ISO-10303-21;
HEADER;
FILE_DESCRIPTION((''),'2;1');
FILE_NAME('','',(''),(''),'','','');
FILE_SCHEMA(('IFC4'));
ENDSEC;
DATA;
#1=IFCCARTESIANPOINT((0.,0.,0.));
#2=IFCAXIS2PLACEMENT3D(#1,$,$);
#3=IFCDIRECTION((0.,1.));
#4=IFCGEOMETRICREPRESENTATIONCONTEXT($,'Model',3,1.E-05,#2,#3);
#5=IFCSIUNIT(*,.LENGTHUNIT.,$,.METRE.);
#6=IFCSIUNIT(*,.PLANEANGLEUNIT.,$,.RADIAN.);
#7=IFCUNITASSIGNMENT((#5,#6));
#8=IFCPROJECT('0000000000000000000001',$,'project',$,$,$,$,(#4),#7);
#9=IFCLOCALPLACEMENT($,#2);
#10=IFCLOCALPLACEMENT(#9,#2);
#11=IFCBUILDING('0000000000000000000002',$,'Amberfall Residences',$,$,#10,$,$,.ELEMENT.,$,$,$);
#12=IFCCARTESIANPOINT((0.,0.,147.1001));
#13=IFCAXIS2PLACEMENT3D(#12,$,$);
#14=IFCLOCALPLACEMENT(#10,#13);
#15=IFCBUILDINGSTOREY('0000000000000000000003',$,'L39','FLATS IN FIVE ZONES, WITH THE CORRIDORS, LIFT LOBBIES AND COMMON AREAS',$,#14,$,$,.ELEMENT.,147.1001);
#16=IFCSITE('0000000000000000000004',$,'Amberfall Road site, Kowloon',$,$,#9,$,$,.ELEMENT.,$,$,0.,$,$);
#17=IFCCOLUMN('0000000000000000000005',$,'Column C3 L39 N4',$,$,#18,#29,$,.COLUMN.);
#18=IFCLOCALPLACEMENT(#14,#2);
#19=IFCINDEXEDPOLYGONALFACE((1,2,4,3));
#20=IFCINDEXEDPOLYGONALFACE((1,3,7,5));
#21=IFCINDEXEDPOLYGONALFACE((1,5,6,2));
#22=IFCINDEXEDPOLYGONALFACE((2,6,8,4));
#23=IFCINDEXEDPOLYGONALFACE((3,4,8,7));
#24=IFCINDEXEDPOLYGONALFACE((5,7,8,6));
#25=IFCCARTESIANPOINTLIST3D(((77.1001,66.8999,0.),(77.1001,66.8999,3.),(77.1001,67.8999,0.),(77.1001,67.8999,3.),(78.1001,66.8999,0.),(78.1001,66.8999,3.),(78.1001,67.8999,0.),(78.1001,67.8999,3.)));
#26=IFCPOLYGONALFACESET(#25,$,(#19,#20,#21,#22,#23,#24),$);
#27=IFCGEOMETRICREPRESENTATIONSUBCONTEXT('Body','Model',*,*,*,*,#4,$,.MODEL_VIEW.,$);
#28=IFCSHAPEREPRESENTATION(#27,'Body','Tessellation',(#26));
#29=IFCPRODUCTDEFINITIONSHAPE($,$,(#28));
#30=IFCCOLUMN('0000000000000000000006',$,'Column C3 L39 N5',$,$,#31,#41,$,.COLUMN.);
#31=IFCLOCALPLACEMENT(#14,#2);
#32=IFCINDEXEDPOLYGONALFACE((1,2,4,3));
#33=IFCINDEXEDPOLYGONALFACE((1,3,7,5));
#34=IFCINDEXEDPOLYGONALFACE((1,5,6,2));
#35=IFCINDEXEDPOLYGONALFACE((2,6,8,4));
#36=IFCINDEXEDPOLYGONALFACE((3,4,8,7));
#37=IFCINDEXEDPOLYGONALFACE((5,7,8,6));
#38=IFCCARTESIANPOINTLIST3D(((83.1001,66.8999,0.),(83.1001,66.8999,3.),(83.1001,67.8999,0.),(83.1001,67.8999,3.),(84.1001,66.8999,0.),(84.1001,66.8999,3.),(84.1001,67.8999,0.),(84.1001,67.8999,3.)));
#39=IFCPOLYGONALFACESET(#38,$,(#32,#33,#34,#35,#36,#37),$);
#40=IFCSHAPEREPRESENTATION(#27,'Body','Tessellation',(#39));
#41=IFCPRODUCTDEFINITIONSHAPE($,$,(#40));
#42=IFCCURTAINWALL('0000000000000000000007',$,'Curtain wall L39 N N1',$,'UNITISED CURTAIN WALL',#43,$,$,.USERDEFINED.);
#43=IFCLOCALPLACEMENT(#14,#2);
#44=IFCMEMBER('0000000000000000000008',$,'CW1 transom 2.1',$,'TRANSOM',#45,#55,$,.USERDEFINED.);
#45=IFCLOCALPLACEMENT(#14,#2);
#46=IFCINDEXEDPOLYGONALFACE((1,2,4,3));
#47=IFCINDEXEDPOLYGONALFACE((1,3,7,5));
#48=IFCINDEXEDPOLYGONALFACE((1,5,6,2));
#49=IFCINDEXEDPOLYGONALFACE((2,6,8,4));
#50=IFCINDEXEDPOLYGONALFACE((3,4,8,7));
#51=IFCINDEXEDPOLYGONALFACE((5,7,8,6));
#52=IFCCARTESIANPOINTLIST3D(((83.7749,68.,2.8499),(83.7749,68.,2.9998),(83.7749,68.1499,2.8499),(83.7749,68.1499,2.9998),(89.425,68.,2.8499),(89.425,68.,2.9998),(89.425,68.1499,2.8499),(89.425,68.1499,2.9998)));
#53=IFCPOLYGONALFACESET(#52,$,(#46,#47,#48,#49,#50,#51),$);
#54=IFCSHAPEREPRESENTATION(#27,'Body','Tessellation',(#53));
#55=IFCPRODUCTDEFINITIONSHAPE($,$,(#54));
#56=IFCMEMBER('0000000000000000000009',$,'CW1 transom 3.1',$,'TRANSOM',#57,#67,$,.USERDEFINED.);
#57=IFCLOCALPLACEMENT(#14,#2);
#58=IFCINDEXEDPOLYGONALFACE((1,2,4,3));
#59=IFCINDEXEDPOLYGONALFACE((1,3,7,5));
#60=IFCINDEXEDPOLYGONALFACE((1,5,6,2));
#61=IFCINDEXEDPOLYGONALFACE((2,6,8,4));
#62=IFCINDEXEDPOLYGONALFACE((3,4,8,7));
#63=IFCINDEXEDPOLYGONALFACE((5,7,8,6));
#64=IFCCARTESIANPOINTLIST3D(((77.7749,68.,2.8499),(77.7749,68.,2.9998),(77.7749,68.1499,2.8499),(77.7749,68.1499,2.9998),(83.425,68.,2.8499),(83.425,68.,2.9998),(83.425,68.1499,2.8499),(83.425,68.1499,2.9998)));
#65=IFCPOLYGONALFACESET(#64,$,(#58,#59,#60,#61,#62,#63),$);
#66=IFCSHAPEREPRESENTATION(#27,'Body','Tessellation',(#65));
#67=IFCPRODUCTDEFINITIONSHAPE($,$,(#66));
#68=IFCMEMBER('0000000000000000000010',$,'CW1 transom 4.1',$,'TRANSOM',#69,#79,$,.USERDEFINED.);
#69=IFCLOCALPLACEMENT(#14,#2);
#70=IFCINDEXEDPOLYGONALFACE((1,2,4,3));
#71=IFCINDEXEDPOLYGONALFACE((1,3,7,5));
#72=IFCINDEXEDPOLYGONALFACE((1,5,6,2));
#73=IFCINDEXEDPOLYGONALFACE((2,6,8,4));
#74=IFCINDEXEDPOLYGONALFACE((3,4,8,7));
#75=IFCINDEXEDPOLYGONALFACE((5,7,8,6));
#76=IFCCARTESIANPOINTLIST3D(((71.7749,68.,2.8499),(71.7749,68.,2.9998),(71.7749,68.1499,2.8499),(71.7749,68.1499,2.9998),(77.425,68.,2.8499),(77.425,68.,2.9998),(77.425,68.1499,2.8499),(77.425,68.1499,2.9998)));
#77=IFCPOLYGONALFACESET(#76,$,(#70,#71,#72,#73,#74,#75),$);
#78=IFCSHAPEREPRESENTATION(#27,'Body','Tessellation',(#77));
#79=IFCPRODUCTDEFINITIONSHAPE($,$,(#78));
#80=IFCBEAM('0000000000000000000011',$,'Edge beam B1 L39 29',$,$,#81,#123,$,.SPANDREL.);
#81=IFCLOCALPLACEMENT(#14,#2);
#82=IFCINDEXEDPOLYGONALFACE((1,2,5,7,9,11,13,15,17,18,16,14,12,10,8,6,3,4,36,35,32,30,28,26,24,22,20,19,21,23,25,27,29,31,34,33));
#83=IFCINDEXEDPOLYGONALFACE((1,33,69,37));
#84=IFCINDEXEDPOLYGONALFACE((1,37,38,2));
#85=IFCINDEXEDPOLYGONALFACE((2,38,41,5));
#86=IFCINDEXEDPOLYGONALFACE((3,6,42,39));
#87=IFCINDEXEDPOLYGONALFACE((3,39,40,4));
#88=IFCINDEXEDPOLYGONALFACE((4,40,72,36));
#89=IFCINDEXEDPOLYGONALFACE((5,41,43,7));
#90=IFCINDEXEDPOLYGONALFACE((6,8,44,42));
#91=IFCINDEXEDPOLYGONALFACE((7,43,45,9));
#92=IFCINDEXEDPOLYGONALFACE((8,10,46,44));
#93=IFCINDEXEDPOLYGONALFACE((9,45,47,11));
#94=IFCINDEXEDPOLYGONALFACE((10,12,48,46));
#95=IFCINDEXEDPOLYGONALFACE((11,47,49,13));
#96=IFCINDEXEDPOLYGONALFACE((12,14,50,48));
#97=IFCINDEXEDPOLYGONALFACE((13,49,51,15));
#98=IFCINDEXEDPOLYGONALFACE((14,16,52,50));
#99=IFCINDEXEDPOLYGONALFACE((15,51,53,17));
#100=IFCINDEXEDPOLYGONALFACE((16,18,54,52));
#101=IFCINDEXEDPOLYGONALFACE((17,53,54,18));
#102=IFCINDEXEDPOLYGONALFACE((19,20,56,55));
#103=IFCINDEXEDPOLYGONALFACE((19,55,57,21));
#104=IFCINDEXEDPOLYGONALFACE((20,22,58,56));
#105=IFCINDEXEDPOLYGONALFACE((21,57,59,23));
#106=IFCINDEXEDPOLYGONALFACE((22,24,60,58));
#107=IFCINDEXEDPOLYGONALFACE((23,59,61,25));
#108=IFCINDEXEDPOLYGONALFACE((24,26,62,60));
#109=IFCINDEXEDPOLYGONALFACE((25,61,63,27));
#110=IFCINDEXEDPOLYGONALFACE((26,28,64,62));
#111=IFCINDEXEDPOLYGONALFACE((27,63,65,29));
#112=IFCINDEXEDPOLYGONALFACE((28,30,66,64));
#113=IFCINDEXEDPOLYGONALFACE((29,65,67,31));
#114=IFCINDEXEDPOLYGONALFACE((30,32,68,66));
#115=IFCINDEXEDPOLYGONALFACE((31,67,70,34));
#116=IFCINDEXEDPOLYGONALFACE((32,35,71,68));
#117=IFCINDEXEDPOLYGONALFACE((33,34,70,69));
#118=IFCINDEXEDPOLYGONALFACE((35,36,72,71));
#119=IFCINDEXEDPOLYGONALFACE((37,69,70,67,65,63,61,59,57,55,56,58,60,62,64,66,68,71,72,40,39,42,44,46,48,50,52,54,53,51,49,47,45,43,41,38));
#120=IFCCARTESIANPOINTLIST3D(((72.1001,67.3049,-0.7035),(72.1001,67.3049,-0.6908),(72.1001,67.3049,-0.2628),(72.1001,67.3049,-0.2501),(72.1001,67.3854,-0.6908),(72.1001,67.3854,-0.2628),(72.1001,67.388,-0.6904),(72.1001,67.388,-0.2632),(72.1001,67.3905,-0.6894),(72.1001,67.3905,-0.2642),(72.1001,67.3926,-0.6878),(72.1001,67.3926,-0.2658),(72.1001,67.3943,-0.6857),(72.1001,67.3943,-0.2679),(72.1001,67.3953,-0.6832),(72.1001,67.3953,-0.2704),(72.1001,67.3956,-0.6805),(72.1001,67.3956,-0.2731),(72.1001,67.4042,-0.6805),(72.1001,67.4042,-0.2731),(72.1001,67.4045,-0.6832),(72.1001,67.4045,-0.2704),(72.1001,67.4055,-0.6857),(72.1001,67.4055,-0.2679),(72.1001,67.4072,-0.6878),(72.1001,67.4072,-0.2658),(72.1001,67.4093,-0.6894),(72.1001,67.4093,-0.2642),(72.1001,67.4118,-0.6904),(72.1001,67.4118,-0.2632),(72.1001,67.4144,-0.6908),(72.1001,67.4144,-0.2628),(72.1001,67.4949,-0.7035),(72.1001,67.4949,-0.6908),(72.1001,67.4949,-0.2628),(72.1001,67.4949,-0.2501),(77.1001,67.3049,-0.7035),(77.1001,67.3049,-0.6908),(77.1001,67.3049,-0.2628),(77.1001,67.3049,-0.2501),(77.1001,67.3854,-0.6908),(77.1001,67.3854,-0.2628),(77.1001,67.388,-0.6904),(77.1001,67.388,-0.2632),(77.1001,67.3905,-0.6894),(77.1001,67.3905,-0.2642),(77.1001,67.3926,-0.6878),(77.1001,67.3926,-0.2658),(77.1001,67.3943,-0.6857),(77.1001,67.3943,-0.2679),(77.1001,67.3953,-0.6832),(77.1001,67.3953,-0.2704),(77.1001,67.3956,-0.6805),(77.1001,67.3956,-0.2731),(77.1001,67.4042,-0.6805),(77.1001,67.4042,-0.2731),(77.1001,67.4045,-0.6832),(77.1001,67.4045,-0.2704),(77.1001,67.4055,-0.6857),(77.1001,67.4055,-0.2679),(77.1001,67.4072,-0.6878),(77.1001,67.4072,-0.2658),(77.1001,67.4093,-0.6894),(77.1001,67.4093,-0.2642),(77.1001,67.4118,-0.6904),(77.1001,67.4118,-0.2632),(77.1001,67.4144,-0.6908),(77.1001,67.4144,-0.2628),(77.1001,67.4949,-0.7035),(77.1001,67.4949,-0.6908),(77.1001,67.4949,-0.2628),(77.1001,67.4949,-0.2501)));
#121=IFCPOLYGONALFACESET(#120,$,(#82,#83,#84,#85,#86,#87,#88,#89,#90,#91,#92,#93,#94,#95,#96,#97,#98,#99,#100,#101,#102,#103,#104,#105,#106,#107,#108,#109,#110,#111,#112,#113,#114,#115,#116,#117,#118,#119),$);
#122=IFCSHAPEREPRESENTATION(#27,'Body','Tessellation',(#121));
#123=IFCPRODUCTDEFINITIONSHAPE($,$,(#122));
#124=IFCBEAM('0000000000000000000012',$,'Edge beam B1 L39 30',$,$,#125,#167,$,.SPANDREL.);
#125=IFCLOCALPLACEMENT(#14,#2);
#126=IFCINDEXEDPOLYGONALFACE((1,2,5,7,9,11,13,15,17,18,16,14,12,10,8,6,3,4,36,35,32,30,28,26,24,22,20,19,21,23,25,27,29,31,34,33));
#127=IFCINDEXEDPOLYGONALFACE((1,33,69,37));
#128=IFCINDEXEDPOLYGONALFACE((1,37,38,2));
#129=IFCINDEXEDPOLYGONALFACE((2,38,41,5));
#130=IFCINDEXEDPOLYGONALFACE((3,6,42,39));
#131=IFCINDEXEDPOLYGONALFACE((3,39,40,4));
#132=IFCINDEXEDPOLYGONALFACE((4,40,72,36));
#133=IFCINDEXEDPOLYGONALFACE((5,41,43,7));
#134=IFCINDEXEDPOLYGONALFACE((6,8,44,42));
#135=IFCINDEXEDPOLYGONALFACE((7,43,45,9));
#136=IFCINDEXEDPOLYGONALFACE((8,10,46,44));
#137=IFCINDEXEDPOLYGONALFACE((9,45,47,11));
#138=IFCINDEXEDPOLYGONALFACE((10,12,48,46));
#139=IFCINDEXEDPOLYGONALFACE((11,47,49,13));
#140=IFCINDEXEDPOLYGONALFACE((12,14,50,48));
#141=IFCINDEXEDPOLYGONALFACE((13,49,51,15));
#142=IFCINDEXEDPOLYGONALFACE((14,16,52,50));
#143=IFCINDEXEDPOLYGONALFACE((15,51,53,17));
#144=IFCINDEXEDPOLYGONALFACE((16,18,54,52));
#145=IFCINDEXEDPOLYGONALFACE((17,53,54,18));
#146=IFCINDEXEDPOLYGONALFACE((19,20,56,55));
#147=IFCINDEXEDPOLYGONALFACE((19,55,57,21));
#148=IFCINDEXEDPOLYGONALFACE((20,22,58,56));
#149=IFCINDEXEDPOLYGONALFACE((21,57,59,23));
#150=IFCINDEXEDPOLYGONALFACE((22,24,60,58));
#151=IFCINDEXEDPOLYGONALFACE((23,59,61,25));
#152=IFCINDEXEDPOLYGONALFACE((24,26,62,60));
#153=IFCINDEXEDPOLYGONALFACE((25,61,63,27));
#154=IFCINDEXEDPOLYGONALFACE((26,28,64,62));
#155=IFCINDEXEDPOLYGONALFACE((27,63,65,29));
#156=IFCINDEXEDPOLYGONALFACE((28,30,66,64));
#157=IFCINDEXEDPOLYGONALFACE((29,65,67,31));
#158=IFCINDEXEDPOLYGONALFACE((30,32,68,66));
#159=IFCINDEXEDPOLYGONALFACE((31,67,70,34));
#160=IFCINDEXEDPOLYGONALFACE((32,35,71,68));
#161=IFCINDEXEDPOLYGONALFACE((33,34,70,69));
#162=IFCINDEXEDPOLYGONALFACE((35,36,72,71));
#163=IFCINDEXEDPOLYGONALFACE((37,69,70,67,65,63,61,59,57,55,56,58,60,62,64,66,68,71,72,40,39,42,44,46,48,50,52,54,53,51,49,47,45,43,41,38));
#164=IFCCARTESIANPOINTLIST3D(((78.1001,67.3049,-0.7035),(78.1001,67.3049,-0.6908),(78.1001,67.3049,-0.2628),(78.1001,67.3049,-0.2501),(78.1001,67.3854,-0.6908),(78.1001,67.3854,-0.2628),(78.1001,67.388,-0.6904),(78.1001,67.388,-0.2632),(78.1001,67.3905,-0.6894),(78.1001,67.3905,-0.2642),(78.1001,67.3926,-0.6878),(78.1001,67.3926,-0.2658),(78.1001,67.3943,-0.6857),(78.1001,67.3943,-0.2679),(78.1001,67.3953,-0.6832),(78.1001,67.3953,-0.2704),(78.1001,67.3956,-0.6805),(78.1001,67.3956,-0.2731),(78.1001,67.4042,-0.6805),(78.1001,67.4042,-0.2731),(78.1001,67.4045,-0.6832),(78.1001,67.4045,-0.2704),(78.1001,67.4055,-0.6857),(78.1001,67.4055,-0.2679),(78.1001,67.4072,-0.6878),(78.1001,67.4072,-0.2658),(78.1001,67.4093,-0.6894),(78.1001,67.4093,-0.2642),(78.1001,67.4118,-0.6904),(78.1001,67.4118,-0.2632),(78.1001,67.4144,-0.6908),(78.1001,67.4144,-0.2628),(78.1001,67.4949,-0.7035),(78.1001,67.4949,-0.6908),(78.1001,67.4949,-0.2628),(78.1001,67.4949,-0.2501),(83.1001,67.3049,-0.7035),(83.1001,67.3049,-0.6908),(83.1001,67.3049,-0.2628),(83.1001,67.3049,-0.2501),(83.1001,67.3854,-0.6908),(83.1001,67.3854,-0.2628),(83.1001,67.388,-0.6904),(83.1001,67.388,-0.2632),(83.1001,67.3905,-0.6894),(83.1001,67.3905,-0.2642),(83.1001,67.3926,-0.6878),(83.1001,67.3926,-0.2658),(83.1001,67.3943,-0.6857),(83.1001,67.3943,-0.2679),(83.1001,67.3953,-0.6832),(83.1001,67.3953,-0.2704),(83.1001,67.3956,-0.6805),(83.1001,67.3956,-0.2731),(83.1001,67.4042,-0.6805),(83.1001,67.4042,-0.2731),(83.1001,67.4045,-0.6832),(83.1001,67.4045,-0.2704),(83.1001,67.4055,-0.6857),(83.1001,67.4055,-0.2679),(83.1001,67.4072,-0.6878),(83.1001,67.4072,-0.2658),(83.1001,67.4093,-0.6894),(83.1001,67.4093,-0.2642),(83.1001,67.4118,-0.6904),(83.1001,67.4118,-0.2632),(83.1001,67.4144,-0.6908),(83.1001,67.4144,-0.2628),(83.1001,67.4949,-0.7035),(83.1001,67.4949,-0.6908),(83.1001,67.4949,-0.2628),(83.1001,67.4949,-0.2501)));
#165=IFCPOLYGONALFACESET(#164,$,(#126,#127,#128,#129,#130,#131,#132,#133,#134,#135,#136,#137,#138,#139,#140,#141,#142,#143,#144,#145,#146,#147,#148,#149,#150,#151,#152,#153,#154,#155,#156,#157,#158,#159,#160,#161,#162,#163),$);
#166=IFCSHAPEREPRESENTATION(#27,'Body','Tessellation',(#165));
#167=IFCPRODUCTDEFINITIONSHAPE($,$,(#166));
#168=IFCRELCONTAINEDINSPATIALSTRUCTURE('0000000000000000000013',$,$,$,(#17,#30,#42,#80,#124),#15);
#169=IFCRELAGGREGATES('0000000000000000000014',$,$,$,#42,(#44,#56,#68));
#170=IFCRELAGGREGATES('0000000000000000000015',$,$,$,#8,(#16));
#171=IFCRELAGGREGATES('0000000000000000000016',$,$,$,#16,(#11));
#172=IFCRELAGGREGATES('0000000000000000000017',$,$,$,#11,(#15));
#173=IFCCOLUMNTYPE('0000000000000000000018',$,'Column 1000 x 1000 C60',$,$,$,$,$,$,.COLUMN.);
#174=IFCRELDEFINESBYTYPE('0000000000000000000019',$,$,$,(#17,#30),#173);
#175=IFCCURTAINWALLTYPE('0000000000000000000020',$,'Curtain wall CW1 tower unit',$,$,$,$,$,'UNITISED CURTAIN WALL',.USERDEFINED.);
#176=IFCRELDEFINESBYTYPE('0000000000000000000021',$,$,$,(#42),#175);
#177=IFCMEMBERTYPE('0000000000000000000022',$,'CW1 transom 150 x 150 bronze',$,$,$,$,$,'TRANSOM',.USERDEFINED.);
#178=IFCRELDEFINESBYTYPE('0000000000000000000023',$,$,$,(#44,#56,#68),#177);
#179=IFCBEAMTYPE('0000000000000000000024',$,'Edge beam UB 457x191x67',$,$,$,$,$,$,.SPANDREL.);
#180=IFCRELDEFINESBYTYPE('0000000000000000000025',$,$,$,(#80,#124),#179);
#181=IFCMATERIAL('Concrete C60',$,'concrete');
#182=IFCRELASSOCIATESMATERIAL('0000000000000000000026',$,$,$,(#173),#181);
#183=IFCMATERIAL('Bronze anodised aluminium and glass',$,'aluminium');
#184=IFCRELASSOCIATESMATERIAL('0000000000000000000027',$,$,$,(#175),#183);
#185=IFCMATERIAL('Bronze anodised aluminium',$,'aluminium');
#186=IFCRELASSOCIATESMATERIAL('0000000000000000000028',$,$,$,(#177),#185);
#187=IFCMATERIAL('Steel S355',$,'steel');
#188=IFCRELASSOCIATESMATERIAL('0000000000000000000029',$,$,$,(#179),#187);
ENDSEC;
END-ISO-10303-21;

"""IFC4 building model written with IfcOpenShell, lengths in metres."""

from ifc_helpers import new_model, si_unit, direction, frame, origin, origin_2d, place, context, subcontext, project, spatial, rectangle, i_section, extrude, material, material_profile, profile_set, type_object, element, aggregate, save


model = new_model("IFC4")

# Units and contexts
model_context = context("Model", 3, precision=1e-05, world=origin(), true_north=direction((0.0, 1.0)))
body_context = subcontext(model_context, "Body", "Model", "MODEL_VIEW")
ifc_project = project(units=[si_unit("LENGTHUNIT", "METRE"), si_unit("PLANEANGLEUNIT", "RADIAN")], contexts=[model_context])

# Site, building, storey
site_placement = place(None, origin())
site = spatial("IfcSite", under=ifc_project, at=site_placement, Name="Amberfall Road site, Kowloon", CompositionType="ELEMENT", RefElevation=0.0)
building_placement = place(site_placement, origin())
building = spatial("IfcBuilding", under=site, at=building_placement, Name="Amberfall Residences", CompositionType="ELEMENT")
storey_placement = place(building_placement, frame((0.0, 0.0, 147.1001)))
storey = spatial("IfcBuildingStorey", under=building, at=storey_placement, Name="L39", Description="FLATS IN FIVE ZONES, WITH THE CORRIDORS, LIFT LOBBIES AND COMMON AREAS", CompositionType="ELEMENT", Elevation=147.1001)

# Columns
ifc_material_1 = material(Name="Concrete C60", Category="concrete")
ifc_material_profile_1 = material_profile(ifc_material_1, rectangle(XDim=1.0, YDim=1.0, at=origin_2d()), Name="Column 1000 x 1000 C60")
ifc_profile_set_1 = profile_set([ifc_material_profile_1], Name="Concrete C60")
column_type = type_object("IfcColumnType", Name="Column 1000 x 1000 C60", PredefinedType="COLUMN", material=ifc_profile_set_1)
for number, where, z_axis, x_axis, name in (
    (1, (77.6001, 67.3999, 0.0), (0.0, 0.0, 1.0), (1.0, 0.0, 0.0), "Column C3 L39 N4"),
    (2, (83.6001, 67.3999, 0.0), (0.0, 0.0, 1.0), (1.0, 0.0, 0.0), "Column C3 L39 N5"),
):
    element("IfcColumn", number, at=place(storey_placement, frame(where, z_axis=z_axis, x_axis=x_axis)), inside=storey, type_object=column_type, Name=name, PredefinedType="COLUMN", context=body_context, shape_type="SweptSolid", body=[
        extrude(rectangle(XDim=1.0, YDim=1.0, at=origin_2d()), origin(), (0.0, 0.0, 1.0), 3.0),
    ])

# Curtain wall, members
ifc_material_2 = material(Name="Bronze anodised aluminium and glass", Category="aluminium")
curtain_wall_type = type_object("IfcCurtainWallType", Name="Curtain wall CW1 tower unit", ElementType="UNITISED CURTAIN WALL", PredefinedType="USERDEFINED", material=ifc_material_2)
curtain_wall_placement = place(storey_placement, origin())
curtain_wall = element("IfcCurtainWall", 3, at=curtain_wall_placement, inside=storey, type_object=curtain_wall_type, Name="Curtain wall L39 N N1", ObjectType="UNITISED CURTAIN WALL", PredefinedType="USERDEFINED")
ifc_material_3 = material(Name="Bronze anodised aluminium", Category="aluminium")
ifc_material_profile_2 = material_profile(ifc_material_3, rectangle(XDim=0.1499, YDim=0.1499, at=origin_2d()), Name="CW1 transom 150 x 150 bronze")
ifc_profile_set_2 = profile_set([ifc_material_profile_2], Name="Bronze anodised aluminium")
member_type_1 = type_object("IfcMemberType", Name="CW1 transom 150 x 150 bronze", ElementType="TRANSOM", PredefinedType="USERDEFINED", material=ifc_profile_set_2)
member_1_placement = place(storey_placement, frame((89.425, 68.075, 2.9248), z_axis=(-1.0, 0.0, 0.0), x_axis=(0.0, -1.0, 0.0)))
member_1 = element("IfcMember", 4, at=member_1_placement, type_object=member_type_1, Name="CW1 transom 2.1", ObjectType="TRANSOM", PredefinedType="USERDEFINED", context=body_context, shape_type="SweptSolid", body=[
    extrude(rectangle(XDim=0.1499, YDim=0.1499, at=origin_2d()), origin(), (0.0, 0.0, 1.0), 5.6501),
])
member_2_placement = place(storey_placement, frame((83.425, 68.075, 2.9248), z_axis=(-1.0, 0.0, 0.0), x_axis=(0.0, -1.0, 0.0)))
member_2 = element("IfcMember", 5, at=member_2_placement, type_object=member_type_1, Name="CW1 transom 3.1", ObjectType="TRANSOM", PredefinedType="USERDEFINED", context=body_context, shape_type="SweptSolid", body=[
    extrude(rectangle(XDim=0.1499, YDim=0.1499, at=origin_2d()), origin(), (0.0, 0.0, 1.0), 5.6501),
])
member_3_placement = place(storey_placement, frame((77.425, 68.075, 2.9248), z_axis=(-1.0, 0.0, 0.0), x_axis=(0.0, -1.0, 0.0)))
member_3 = element("IfcMember", 6, at=member_3_placement, type_object=member_type_1, Name="CW1 transom 4.1", ObjectType="TRANSOM", PredefinedType="USERDEFINED", context=body_context, shape_type="SweptSolid", body=[
    extrude(rectangle(XDim=0.1499, YDim=0.1499, at=origin_2d()), origin(), (0.0, 0.0, 1.0), 5.6501),
])

# Beams
ifc_material_4 = material(Name="Steel S355", Category="steel")
ifc_material_profile_3 = material_profile(ifc_material_4, i_section(OverallWidth=0.1899, OverallDepth=0.4534, WebThickness=0.0085, FlangeThickness=0.0127, FilletRadius=0.0103, at=origin_2d()), Name="UB 457x191x67")
ifc_profile_set_3 = profile_set([ifc_material_profile_3], Name="Steel S355")
beam_type_1 = type_object("IfcBeamType", Name="Edge beam UB 457x191x67", PredefinedType="SPANDREL", material=ifc_profile_set_3)
for number, where, z_axis, x_axis, name in (
    (7, (72.1001, 67.3999, -0.4768), (1.0, 0.0, 0.0), (0.0, 1.0, 0.0), "Edge beam B1 L39 29"),
    (8, (78.1001, 67.3999, -0.4768), (1.0, 0.0, 0.0), (0.0, 1.0, 0.0), "Edge beam B1 L39 30"),
):
    element("IfcBeam", number, at=place(storey_placement, frame(where, z_axis=z_axis, x_axis=x_axis)), inside=storey, type_object=beam_type_1, Name=name, PredefinedType="SPANDREL", context=body_context, shape_type="SweptSolid", body=[
        extrude(i_section(OverallWidth=0.1899, OverallDepth=0.4534, WebThickness=0.0085, FlangeThickness=0.0127, FilletRadius=0.0103, at=origin_2d()), origin(), (0.0, 0.0, 1.0), 5.0),
    ])

aggregate(curtain_wall, [member_1, member_2, member_3])

save(model, "model.ifc")
